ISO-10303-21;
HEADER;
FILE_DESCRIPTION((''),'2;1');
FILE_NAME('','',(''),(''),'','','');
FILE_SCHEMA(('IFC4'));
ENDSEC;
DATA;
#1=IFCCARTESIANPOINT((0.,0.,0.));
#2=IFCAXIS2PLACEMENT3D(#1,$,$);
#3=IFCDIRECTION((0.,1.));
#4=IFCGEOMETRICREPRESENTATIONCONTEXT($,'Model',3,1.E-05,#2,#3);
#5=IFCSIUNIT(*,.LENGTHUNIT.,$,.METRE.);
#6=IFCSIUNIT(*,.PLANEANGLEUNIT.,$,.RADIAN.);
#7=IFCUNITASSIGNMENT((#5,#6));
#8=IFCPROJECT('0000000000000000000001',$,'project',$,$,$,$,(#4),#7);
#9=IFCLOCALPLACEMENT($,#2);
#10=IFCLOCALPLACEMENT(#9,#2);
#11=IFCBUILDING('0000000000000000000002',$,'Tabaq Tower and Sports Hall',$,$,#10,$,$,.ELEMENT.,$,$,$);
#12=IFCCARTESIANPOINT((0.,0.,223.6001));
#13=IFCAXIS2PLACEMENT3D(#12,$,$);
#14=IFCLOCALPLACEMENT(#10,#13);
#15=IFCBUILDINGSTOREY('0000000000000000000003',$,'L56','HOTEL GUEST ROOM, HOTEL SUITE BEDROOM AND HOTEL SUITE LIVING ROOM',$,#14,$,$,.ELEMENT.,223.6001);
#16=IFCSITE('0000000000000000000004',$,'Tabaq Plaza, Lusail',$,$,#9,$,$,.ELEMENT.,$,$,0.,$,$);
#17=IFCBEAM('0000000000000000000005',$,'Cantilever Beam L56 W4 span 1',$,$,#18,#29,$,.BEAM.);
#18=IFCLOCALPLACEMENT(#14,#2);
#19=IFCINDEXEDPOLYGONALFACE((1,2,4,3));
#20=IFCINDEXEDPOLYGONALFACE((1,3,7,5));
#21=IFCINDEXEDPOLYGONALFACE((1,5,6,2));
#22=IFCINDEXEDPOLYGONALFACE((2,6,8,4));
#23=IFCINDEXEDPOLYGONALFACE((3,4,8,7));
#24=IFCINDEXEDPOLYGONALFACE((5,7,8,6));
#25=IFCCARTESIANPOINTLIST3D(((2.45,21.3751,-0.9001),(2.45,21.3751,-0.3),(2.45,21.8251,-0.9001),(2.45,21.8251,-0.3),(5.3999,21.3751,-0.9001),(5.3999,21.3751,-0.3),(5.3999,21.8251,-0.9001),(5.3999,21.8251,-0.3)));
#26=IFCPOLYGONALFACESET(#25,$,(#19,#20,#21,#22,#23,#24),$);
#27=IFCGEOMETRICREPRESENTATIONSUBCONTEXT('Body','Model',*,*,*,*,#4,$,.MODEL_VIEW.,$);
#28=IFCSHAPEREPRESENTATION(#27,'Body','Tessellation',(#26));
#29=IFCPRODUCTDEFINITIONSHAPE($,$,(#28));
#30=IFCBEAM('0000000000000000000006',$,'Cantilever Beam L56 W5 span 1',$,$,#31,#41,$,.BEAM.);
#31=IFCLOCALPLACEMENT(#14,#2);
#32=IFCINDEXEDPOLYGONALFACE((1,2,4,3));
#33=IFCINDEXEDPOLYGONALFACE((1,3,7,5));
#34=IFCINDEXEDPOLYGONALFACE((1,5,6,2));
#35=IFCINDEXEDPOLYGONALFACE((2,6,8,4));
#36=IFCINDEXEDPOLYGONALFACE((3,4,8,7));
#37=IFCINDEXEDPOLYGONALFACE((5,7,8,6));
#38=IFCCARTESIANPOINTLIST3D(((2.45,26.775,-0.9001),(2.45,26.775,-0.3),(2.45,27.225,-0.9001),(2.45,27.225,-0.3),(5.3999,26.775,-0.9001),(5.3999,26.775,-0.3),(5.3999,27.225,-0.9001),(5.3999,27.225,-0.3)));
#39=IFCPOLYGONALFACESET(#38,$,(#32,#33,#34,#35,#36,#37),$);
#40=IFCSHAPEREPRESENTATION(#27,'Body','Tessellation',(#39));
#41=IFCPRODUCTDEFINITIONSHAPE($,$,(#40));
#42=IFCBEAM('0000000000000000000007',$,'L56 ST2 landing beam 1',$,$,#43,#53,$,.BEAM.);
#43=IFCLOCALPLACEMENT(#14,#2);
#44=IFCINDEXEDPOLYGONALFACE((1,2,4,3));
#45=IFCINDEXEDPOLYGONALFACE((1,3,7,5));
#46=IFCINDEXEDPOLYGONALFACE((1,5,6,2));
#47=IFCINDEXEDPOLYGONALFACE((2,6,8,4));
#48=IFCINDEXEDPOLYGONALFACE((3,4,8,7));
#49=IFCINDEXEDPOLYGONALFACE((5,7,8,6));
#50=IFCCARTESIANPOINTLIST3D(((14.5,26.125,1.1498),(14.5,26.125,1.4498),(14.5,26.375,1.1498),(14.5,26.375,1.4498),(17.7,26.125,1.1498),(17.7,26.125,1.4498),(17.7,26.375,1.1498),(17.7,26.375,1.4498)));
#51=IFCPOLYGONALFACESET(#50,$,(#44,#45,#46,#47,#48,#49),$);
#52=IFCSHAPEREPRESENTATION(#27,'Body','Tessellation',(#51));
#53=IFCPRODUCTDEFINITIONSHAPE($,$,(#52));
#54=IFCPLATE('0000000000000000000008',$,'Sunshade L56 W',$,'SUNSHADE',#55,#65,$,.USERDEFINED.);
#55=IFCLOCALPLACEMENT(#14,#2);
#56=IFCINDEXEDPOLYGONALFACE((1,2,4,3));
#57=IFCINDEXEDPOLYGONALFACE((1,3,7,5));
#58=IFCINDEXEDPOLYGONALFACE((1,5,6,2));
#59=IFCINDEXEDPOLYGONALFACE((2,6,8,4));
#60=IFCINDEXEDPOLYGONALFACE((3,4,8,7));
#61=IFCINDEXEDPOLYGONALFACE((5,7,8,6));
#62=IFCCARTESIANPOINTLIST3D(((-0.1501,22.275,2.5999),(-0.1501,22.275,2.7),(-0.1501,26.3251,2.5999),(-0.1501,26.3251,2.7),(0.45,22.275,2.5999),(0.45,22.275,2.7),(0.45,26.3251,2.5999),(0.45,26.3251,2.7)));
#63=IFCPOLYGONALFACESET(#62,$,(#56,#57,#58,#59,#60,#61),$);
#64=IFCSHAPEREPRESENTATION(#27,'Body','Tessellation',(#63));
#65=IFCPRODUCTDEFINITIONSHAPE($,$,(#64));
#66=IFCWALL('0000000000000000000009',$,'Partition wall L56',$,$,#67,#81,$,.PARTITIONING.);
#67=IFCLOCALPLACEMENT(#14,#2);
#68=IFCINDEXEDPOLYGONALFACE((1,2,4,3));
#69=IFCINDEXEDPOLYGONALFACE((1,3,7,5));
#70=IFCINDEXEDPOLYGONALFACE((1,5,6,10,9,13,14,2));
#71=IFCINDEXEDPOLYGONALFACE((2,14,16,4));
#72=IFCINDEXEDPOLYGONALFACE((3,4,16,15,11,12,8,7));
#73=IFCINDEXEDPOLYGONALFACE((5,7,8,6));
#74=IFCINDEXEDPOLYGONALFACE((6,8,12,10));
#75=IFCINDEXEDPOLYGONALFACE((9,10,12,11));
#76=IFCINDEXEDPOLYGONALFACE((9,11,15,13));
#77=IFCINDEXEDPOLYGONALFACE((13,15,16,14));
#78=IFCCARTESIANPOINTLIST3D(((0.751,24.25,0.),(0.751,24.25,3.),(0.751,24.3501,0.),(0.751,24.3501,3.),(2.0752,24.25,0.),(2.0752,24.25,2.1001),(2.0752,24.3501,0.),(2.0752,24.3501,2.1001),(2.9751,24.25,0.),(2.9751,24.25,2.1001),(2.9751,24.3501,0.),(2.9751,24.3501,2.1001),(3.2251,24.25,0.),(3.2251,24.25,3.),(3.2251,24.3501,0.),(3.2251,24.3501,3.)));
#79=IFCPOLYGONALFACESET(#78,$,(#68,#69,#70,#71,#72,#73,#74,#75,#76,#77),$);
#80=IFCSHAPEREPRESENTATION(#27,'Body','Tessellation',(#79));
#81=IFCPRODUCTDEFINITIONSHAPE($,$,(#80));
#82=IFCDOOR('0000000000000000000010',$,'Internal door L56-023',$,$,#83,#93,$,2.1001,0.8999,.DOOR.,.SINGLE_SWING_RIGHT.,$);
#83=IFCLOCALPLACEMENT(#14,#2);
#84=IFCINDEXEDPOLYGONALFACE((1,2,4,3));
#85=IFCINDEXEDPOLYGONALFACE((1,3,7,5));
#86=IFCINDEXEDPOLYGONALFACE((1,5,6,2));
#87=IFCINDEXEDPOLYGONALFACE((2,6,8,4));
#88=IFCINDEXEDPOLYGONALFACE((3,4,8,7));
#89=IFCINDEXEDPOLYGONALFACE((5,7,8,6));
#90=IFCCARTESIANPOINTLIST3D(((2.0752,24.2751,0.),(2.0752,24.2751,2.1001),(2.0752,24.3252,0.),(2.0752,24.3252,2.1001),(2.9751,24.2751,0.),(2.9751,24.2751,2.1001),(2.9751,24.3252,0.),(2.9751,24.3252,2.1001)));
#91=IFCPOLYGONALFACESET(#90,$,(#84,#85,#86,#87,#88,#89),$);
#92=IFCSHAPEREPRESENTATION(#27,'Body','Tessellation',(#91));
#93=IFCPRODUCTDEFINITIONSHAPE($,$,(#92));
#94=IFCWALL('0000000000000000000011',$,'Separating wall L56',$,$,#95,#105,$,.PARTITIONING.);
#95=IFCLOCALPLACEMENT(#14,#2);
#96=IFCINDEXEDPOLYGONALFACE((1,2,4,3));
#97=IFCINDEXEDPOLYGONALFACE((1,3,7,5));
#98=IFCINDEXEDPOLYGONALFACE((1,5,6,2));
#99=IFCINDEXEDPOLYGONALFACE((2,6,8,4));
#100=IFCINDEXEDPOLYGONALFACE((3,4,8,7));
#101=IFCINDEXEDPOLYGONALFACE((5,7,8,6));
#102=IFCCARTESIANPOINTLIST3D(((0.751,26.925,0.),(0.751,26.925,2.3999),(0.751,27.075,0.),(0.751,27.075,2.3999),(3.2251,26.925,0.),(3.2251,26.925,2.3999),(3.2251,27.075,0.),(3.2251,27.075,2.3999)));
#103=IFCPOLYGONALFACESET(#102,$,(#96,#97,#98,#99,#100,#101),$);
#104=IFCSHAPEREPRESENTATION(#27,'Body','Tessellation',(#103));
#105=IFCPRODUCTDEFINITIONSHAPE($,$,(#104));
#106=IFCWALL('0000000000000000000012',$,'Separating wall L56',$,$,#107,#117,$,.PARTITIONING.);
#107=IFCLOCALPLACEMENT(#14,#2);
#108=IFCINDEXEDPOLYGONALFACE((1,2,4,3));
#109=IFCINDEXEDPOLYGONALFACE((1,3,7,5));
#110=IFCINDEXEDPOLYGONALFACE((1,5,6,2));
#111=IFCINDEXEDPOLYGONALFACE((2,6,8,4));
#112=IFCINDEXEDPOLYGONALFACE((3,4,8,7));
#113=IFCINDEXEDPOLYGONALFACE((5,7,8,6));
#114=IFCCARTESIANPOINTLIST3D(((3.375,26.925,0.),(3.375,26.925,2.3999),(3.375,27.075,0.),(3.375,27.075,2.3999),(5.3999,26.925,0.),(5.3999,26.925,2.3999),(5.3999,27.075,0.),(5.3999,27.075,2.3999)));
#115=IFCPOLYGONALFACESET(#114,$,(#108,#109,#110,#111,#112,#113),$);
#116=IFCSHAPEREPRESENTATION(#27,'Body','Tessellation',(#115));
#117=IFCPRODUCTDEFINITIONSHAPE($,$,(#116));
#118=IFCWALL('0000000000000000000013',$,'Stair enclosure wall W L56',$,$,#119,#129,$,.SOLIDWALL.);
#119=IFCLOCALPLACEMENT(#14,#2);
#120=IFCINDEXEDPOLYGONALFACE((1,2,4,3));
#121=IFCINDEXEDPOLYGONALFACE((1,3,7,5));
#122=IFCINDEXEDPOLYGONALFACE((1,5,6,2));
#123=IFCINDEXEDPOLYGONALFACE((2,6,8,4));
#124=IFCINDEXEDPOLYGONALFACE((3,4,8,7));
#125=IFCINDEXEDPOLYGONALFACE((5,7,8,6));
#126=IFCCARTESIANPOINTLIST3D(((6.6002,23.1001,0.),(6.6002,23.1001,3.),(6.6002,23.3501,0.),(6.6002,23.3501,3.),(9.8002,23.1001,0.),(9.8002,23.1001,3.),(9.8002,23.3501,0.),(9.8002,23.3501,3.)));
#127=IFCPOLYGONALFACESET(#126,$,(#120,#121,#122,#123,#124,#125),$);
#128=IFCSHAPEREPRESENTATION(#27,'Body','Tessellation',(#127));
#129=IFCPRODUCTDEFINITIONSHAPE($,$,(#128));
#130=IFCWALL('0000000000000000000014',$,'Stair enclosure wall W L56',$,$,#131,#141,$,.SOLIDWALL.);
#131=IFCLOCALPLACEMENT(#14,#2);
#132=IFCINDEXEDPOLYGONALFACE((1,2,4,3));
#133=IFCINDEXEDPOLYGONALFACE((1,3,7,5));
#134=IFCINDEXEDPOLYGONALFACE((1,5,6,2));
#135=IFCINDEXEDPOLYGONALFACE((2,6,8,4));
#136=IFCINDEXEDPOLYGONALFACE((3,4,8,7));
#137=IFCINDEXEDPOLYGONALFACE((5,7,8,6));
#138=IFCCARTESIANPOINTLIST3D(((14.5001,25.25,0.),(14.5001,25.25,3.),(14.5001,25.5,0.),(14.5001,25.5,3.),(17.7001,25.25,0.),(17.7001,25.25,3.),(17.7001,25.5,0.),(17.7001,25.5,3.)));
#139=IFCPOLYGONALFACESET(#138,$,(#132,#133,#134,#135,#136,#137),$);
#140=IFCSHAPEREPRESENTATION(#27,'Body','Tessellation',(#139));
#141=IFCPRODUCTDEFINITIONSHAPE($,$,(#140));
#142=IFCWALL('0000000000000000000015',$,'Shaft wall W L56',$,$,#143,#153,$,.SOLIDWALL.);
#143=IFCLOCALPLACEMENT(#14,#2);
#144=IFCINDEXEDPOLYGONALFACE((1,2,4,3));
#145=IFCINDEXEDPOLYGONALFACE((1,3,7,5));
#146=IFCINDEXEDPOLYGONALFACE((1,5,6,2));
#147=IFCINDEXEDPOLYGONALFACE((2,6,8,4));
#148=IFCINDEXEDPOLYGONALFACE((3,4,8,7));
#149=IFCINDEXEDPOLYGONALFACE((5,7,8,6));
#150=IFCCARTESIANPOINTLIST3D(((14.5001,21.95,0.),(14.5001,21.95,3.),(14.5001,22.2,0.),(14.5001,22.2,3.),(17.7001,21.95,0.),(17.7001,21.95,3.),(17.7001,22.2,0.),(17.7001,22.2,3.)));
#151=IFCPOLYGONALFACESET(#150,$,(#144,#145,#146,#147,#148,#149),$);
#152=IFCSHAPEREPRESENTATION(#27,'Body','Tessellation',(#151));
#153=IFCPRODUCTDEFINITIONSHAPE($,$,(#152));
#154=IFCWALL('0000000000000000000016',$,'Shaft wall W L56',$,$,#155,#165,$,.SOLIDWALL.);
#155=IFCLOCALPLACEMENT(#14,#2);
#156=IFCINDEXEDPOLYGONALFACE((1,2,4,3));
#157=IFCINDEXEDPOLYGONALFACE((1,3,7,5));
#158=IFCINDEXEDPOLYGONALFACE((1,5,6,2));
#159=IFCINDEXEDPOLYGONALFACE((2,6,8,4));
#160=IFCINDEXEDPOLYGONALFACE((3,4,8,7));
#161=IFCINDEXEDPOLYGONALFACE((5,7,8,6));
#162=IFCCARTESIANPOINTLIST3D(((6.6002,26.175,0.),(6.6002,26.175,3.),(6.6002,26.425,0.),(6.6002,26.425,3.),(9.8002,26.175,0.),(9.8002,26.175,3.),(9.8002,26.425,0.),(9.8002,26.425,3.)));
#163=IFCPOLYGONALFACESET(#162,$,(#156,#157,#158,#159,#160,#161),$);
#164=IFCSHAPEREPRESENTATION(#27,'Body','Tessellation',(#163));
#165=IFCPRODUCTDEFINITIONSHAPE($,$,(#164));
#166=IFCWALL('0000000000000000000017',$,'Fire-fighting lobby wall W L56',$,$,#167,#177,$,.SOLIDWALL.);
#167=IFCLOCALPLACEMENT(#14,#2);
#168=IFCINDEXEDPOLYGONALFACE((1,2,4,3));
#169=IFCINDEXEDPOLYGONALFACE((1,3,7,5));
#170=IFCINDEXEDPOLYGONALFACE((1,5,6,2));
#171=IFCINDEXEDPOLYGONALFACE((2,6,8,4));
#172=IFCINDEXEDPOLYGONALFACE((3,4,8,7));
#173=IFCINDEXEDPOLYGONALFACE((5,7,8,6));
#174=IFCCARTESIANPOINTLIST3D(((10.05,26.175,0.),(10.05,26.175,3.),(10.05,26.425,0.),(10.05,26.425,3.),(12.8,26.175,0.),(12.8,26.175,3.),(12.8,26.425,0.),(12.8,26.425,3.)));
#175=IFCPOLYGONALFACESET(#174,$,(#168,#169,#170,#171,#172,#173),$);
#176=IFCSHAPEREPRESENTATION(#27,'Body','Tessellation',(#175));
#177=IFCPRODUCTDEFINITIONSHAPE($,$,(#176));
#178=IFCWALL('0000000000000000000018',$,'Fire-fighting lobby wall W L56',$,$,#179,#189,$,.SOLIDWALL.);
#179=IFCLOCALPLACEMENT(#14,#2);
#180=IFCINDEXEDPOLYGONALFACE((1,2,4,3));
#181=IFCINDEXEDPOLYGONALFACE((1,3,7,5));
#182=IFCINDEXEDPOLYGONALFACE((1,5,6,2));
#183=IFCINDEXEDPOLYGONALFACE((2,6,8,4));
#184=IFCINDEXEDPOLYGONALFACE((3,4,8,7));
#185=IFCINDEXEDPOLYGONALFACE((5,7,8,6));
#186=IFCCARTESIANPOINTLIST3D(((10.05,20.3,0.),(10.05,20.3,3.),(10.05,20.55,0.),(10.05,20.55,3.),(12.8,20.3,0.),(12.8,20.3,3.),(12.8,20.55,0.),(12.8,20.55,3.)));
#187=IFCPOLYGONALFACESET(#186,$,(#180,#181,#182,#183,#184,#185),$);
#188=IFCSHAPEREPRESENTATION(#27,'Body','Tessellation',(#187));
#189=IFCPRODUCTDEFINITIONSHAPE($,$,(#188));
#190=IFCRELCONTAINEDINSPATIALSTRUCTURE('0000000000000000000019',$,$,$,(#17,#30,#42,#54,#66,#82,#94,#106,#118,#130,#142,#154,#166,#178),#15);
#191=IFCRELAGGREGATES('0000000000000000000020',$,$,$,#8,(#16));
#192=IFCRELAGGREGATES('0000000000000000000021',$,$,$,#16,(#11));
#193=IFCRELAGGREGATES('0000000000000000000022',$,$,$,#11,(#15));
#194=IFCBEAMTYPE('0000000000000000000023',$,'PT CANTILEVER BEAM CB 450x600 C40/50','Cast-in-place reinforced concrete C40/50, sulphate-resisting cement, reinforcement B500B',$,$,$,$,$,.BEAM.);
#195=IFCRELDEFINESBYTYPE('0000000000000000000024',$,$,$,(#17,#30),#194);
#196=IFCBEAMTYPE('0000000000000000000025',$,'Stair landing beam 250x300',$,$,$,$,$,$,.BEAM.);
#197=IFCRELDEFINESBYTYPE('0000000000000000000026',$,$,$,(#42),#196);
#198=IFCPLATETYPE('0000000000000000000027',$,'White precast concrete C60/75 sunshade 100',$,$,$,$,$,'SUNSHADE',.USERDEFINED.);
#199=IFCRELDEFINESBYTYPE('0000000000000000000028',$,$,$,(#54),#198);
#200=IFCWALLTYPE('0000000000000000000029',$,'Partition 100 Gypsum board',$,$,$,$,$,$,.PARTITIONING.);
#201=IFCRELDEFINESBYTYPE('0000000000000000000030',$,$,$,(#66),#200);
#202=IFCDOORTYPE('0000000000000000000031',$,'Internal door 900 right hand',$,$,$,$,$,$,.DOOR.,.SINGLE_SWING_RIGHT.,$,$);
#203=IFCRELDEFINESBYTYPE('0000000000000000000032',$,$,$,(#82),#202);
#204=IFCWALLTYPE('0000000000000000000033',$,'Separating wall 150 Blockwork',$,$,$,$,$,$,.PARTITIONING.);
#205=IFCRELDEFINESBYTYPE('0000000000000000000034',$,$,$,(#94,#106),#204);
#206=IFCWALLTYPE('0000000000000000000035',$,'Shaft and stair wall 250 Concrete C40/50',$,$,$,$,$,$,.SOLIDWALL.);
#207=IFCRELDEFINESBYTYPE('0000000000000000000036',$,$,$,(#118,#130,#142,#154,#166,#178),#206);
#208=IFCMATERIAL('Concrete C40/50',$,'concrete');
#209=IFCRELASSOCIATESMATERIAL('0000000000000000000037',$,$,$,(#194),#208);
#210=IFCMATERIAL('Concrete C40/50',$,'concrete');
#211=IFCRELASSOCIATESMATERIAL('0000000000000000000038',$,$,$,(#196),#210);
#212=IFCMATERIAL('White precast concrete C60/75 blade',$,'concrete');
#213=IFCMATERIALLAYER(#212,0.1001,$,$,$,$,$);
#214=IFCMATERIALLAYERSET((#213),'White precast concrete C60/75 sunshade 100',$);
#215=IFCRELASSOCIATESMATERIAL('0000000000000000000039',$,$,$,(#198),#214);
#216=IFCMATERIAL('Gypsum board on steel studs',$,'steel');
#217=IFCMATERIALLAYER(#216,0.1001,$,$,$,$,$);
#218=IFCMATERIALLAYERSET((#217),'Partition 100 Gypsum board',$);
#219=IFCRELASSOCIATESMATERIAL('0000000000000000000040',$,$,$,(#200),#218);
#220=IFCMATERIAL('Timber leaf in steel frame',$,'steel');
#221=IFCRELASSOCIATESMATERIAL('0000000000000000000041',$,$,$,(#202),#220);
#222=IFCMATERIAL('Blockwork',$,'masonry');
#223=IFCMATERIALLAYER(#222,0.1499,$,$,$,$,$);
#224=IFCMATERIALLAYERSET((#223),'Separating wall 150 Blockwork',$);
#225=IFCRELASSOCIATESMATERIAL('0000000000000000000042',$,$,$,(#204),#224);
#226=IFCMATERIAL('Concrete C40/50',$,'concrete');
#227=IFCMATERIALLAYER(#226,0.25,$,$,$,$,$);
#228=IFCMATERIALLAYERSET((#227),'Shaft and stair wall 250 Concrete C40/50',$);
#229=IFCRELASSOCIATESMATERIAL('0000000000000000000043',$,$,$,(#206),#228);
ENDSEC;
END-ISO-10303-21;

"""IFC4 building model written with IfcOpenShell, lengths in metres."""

from ifc_helpers import new_model, si_unit, direction, frame, frame_2d, origin, origin_2d, place, context, subcontext, project, spatial, rectangle, extrude, material, layer, layer_set, material_profile, profile_set, type_object, element, fill, save


model = new_model("IFC4")

# Units and contexts
model_context = context("Model", 3, precision=1e-05, world=origin(), true_north=direction((0.0, 1.0)))
body_context = subcontext(model_context, "Body", "Model", "MODEL_VIEW")
ifc_project = project(units=[si_unit("LENGTHUNIT", "METRE"), si_unit("PLANEANGLEUNIT", "RADIAN")], contexts=[model_context])

# Site, building, storey
site_placement = place(None, origin())
site = spatial("IfcSite", under=ifc_project, at=site_placement, Name="Tabaq Plaza, Lusail", CompositionType="ELEMENT", RefElevation=0.0)
building_placement = place(site_placement, origin())
building = spatial("IfcBuilding", under=site, at=building_placement, Name="Tabaq Tower and Sports Hall", CompositionType="ELEMENT")
storey_placement = place(building_placement, frame((0.0, 0.0, 223.6001)))
storey = spatial("IfcBuildingStorey", under=building, at=storey_placement, Name="L56", Description="HOTEL GUEST ROOM, HOTEL SUITE BEDROOM AND HOTEL SUITE LIVING ROOM", CompositionType="ELEMENT", Elevation=223.6001)

# Beams
ifc_material_1 = material(Name="Concrete C40/50", Category="concrete")
ifc_material_profile_1 = material_profile(ifc_material_1, rectangle(XDim=0.45, YDim=0.6001, at=origin_2d()), Name="CB 450x600")
ifc_profile_set_1 = profile_set([ifc_material_profile_1], Name="Concrete C40/50")
beam_type_1 = type_object("IfcBeamType", Name="PT CANTILEVER BEAM CB 450x600 C40/50", Description="Cast-in-place reinforced concrete C40/50, sulphate-resisting cement, reinforcement B500B", PredefinedType="BEAM", material=ifc_profile_set_1)
for number, where, z_axis, x_axis, name in (
    (1, (2.45, 21.6001, -0.6001), (1.0, 0.0, 0.0), (0.0, 1.0, 0.0), "Cantilever Beam L56 W4 span 1"),
    (2, (2.45, 27.0, -0.6001), (1.0, 0.0, 0.0), (0.0, 1.0, 0.0), "Cantilever Beam L56 W5 span 1"),
):
    element("IfcBeam", number, at=place(storey_placement, frame(where, z_axis=z_axis, x_axis=x_axis)), inside=storey, type_object=beam_type_1, Name=name, PredefinedType="BEAM", context=body_context, shape_type="SweptSolid", body=[
        extrude(rectangle(XDim=0.45, YDim=0.6001, at=origin_2d()), origin(), (0.0, 0.0, 1.0), 2.95),
    ])
ifc_material_2 = material(Name="Concrete C40/50", Category="concrete")
ifc_material_profile_2 = material_profile(ifc_material_2, rectangle(XDim=0.25, YDim=0.3, at=origin_2d()), Name="RC 250x300")
ifc_profile_set_2 = profile_set([ifc_material_profile_2], Name="Concrete C40/50")
beam_type_2 = type_object("IfcBeamType", Name="Stair landing beam 250x300", PredefinedType="BEAM", material=ifc_profile_set_2)
beam_placement = place(storey_placement, frame((14.5, 26.25, 1.2998), z_axis=(1.0, 0.0, 0.0), x_axis=(0.0, 1.0, 0.0)))
element("IfcBeam", 3, at=beam_placement, inside=storey, type_object=beam_type_2, Name="L56 ST2 landing beam 1", PredefinedType="BEAM", context=body_context, shape_type="SweptSolid", body=[
    extrude(rectangle(XDim=0.25, YDim=0.3, at=origin_2d()), origin(), (0.0, 0.0, 1.0), 3.2),
])

# Plate
ifc_material_3 = material(Name="White precast concrete C60/75 blade", Category="concrete")
ifc_layer_1 = layer(ifc_material_3, 0.1001)
ifc_layer_set_1 = layer_set([ifc_layer_1], Name="White precast concrete C60/75 sunshade 100")
plate_type = type_object("IfcPlateType", Name="White precast concrete C60/75 sunshade 100", ElementType="SUNSHADE", PredefinedType="USERDEFINED", material=ifc_layer_set_1)
plate_placement = place(storey_placement, frame((0.1499, 24.3, 2.5999), z_axis=(0.0, 0.0, 1.0), x_axis=(0.0, -1.0, 0.0)))
element("IfcPlate", 4, at=plate_placement, inside=storey, type_object=plate_type, Name="Sunshade L56 W", ObjectType="SUNSHADE", PredefinedType="USERDEFINED", context=body_context, shape_type="SweptSolid", body=[
    extrude(rectangle(XDim=4.05, YDim=0.6001, at=origin_2d()), origin(), (0.0, 0.0, 1.0), 0.1001),
])

# Wall, opening, door
ifc_material_4 = material(Name="Gypsum board on steel studs", Category="steel")
ifc_layer_2 = layer(ifc_material_4, 0.1001)
ifc_layer_set_2 = layer_set([ifc_layer_2], Name="Partition 100 Gypsum board")
wall_type_1 = type_object("IfcWallType", Name="Partition 100 Gypsum board", PredefinedType="PARTITIONING", material=ifc_layer_set_2)
wall_1_placement = place(storey_placement, frame((3.2251, 24.3, 0.0), z_axis=(0.0, 0.0, 1.0), x_axis=(-1.0, 0.0, 0.0)))
wall_1 = element("IfcWall", 5, at=wall_1_placement, inside=storey, type_object=wall_type_1, Name="Partition wall L56", PredefinedType="PARTITIONING", context=body_context, shape_type="SweptSolid", body=[
    extrude(rectangle(XDim=2.4741, YDim=0.1001, at=frame_2d((1.2371, 0.0))), origin(), (0.0, 0.0, 1.0), 3.0),
])
opening_1_placement = place(wall_1_placement, frame((0.25, 0.0, 0.0)))
opening_1 = element("IfcOpeningElement", 6, at=opening_1_placement, cuts=wall_1, PredefinedType="OPENING", context=body_context, shape_type="SweptSolid", body=[
    extrude(rectangle(XDim=0.8999, YDim=2.1001, at=frame_2d((0.45, 1.05))), frame((0.0, 0.05, 0.0), z_axis=(0.0, -1.0, 0.0), x_axis=(1.0, 0.0, 0.0)), (0.0, 0.0, 1.0), 0.1001),
])
ifc_material_5 = material(Name="Timber leaf in steel frame", Category="steel")
door_type_1 = type_object("IfcDoorType", Name="Internal door 900 right hand", OperationType="SINGLE_SWING_RIGHT", PredefinedType="DOOR", material=ifc_material_5)
door_1_placement = place(opening_1_placement, origin())
door_1 = element("IfcDoor", 7, at=door_1_placement, inside=storey, type_object=door_type_1, Name="Internal door L56-023", OperationType="SINGLE_SWING_RIGHT", OverallHeight=2.1001, OverallWidth=0.8999, PredefinedType="DOOR", context=body_context, shape_type="SweptSolid", body=[
    extrude(rectangle(XDim=0.8999, YDim=2.1001, at=frame_2d((0.45, 1.05))), frame((0.0, 0.0249, 0.0), z_axis=(0.0, -1.0, 0.0), x_axis=(1.0, 0.0, 0.0)), (0.0, 0.0, 1.0), 0.05),
])
fill(opening_1, door_1)

# Walls
ifc_material_6 = material(Name="Blockwork", Category="masonry")
ifc_layer_3 = layer(ifc_material_6, 0.1499)
ifc_layer_set_3 = layer_set([ifc_layer_3], Name="Separating wall 150 Blockwork")
wall_type_2 = type_object("IfcWallType", Name="Separating wall 150 Blockwork", PredefinedType="PARTITIONING", material=ifc_layer_set_3)
wall_2_placement = place(storey_placement, frame((0.751, 27.0, 0.0), z_axis=(0.0, 0.0, 1.0), x_axis=(1.0, 0.0, 0.0)))
element("IfcWall", 8, at=wall_2_placement, inside=storey, type_object=wall_type_2, Name="Separating wall L56", PredefinedType="PARTITIONING", context=body_context, shape_type="SweptSolid", body=[
    extrude(rectangle(XDim=2.4741, YDim=0.1499, at=frame_2d((1.2371, 0.0))), origin(), (0.0, 0.0, 1.0), 2.3999),
])
wall_3_placement = place(storey_placement, frame((3.375, 27.0, 0.0), z_axis=(0.0, 0.0, 1.0), x_axis=(1.0, 0.0, 0.0)))
element("IfcWall", 9, at=wall_3_placement, inside=storey, type_object=wall_type_2, Name="Separating wall L56", PredefinedType="PARTITIONING", context=body_context, shape_type="SweptSolid", body=[
    extrude(rectangle(XDim=2.0249, YDim=0.1499, at=frame_2d((1.0125, 0.0))), origin(), (0.0, 0.0, 1.0), 2.3999),
])
ifc_material_7 = material(Name="Concrete C40/50", Category="concrete")
ifc_layer_4 = layer(ifc_material_7, 0.25)
ifc_layer_set_4 = layer_set([ifc_layer_4], Name="Shaft and stair wall 250 Concrete C40/50")
wall_type_3 = type_object("IfcWallType", Name="Shaft and stair wall 250 Concrete C40/50", PredefinedType="SOLIDWALL", material=ifc_layer_set_4)
for number, where, z_axis, x_axis, name in (
    (10, (6.6001, 23.2251, 0.0), (0.0, 0.0, 1.0), (1.0, 0.0, 0.0), "Stair enclosure wall W L56"),
    (11, (14.5, 25.375, 0.0), (0.0, 0.0, 1.0), (1.0, 0.0, 0.0), "Stair enclosure wall W L56"),
    (12, (14.5, 22.075, 0.0), (0.0, 0.0, 1.0), (1.0, 0.0, 0.0), "Shaft wall W L56"),
    (13, (6.6001, 26.3, 0.0), (0.0, 0.0, 1.0), (1.0, 0.0, 0.0), "Shaft wall W L56"),
):
    element("IfcWall", number, at=place(storey_placement, frame(where, z_axis=z_axis, x_axis=x_axis)), inside=storey, type_object=wall_type_3, Name=name, PredefinedType="SOLIDWALL", context=body_context, shape_type="SweptSolid", body=[
        extrude(rectangle(XDim=3.2, YDim=0.25, at=frame_2d((1.6001, 0.0))), origin(), (0.0, 0.0, 1.0), 3.0),
    ])
for number, where, z_axis, x_axis, name in (
    (14, (10.05, 26.3, 0.0), (0.0, 0.0, 1.0), (1.0, 0.0, 0.0), "Fire-fighting lobby wall W L56"),
    (15, (10.05, 20.425, 0.0), (0.0, 0.0, 1.0), (1.0, 0.0, 0.0), "Fire-fighting lobby wall W L56"),
):
    element("IfcWall", number, at=place(storey_placement, frame(where, z_axis=z_axis, x_axis=x_axis)), inside=storey, type_object=wall_type_3, Name=name, PredefinedType="SOLIDWALL", context=body_context, shape_type="SweptSolid", body=[
        extrude(rectangle(XDim=2.75, YDim=0.25, at=frame_2d((1.375, 0.0))), origin(), (0.0, 0.0, 1.0), 3.0),
    ])

save(model, "model.ifc")
